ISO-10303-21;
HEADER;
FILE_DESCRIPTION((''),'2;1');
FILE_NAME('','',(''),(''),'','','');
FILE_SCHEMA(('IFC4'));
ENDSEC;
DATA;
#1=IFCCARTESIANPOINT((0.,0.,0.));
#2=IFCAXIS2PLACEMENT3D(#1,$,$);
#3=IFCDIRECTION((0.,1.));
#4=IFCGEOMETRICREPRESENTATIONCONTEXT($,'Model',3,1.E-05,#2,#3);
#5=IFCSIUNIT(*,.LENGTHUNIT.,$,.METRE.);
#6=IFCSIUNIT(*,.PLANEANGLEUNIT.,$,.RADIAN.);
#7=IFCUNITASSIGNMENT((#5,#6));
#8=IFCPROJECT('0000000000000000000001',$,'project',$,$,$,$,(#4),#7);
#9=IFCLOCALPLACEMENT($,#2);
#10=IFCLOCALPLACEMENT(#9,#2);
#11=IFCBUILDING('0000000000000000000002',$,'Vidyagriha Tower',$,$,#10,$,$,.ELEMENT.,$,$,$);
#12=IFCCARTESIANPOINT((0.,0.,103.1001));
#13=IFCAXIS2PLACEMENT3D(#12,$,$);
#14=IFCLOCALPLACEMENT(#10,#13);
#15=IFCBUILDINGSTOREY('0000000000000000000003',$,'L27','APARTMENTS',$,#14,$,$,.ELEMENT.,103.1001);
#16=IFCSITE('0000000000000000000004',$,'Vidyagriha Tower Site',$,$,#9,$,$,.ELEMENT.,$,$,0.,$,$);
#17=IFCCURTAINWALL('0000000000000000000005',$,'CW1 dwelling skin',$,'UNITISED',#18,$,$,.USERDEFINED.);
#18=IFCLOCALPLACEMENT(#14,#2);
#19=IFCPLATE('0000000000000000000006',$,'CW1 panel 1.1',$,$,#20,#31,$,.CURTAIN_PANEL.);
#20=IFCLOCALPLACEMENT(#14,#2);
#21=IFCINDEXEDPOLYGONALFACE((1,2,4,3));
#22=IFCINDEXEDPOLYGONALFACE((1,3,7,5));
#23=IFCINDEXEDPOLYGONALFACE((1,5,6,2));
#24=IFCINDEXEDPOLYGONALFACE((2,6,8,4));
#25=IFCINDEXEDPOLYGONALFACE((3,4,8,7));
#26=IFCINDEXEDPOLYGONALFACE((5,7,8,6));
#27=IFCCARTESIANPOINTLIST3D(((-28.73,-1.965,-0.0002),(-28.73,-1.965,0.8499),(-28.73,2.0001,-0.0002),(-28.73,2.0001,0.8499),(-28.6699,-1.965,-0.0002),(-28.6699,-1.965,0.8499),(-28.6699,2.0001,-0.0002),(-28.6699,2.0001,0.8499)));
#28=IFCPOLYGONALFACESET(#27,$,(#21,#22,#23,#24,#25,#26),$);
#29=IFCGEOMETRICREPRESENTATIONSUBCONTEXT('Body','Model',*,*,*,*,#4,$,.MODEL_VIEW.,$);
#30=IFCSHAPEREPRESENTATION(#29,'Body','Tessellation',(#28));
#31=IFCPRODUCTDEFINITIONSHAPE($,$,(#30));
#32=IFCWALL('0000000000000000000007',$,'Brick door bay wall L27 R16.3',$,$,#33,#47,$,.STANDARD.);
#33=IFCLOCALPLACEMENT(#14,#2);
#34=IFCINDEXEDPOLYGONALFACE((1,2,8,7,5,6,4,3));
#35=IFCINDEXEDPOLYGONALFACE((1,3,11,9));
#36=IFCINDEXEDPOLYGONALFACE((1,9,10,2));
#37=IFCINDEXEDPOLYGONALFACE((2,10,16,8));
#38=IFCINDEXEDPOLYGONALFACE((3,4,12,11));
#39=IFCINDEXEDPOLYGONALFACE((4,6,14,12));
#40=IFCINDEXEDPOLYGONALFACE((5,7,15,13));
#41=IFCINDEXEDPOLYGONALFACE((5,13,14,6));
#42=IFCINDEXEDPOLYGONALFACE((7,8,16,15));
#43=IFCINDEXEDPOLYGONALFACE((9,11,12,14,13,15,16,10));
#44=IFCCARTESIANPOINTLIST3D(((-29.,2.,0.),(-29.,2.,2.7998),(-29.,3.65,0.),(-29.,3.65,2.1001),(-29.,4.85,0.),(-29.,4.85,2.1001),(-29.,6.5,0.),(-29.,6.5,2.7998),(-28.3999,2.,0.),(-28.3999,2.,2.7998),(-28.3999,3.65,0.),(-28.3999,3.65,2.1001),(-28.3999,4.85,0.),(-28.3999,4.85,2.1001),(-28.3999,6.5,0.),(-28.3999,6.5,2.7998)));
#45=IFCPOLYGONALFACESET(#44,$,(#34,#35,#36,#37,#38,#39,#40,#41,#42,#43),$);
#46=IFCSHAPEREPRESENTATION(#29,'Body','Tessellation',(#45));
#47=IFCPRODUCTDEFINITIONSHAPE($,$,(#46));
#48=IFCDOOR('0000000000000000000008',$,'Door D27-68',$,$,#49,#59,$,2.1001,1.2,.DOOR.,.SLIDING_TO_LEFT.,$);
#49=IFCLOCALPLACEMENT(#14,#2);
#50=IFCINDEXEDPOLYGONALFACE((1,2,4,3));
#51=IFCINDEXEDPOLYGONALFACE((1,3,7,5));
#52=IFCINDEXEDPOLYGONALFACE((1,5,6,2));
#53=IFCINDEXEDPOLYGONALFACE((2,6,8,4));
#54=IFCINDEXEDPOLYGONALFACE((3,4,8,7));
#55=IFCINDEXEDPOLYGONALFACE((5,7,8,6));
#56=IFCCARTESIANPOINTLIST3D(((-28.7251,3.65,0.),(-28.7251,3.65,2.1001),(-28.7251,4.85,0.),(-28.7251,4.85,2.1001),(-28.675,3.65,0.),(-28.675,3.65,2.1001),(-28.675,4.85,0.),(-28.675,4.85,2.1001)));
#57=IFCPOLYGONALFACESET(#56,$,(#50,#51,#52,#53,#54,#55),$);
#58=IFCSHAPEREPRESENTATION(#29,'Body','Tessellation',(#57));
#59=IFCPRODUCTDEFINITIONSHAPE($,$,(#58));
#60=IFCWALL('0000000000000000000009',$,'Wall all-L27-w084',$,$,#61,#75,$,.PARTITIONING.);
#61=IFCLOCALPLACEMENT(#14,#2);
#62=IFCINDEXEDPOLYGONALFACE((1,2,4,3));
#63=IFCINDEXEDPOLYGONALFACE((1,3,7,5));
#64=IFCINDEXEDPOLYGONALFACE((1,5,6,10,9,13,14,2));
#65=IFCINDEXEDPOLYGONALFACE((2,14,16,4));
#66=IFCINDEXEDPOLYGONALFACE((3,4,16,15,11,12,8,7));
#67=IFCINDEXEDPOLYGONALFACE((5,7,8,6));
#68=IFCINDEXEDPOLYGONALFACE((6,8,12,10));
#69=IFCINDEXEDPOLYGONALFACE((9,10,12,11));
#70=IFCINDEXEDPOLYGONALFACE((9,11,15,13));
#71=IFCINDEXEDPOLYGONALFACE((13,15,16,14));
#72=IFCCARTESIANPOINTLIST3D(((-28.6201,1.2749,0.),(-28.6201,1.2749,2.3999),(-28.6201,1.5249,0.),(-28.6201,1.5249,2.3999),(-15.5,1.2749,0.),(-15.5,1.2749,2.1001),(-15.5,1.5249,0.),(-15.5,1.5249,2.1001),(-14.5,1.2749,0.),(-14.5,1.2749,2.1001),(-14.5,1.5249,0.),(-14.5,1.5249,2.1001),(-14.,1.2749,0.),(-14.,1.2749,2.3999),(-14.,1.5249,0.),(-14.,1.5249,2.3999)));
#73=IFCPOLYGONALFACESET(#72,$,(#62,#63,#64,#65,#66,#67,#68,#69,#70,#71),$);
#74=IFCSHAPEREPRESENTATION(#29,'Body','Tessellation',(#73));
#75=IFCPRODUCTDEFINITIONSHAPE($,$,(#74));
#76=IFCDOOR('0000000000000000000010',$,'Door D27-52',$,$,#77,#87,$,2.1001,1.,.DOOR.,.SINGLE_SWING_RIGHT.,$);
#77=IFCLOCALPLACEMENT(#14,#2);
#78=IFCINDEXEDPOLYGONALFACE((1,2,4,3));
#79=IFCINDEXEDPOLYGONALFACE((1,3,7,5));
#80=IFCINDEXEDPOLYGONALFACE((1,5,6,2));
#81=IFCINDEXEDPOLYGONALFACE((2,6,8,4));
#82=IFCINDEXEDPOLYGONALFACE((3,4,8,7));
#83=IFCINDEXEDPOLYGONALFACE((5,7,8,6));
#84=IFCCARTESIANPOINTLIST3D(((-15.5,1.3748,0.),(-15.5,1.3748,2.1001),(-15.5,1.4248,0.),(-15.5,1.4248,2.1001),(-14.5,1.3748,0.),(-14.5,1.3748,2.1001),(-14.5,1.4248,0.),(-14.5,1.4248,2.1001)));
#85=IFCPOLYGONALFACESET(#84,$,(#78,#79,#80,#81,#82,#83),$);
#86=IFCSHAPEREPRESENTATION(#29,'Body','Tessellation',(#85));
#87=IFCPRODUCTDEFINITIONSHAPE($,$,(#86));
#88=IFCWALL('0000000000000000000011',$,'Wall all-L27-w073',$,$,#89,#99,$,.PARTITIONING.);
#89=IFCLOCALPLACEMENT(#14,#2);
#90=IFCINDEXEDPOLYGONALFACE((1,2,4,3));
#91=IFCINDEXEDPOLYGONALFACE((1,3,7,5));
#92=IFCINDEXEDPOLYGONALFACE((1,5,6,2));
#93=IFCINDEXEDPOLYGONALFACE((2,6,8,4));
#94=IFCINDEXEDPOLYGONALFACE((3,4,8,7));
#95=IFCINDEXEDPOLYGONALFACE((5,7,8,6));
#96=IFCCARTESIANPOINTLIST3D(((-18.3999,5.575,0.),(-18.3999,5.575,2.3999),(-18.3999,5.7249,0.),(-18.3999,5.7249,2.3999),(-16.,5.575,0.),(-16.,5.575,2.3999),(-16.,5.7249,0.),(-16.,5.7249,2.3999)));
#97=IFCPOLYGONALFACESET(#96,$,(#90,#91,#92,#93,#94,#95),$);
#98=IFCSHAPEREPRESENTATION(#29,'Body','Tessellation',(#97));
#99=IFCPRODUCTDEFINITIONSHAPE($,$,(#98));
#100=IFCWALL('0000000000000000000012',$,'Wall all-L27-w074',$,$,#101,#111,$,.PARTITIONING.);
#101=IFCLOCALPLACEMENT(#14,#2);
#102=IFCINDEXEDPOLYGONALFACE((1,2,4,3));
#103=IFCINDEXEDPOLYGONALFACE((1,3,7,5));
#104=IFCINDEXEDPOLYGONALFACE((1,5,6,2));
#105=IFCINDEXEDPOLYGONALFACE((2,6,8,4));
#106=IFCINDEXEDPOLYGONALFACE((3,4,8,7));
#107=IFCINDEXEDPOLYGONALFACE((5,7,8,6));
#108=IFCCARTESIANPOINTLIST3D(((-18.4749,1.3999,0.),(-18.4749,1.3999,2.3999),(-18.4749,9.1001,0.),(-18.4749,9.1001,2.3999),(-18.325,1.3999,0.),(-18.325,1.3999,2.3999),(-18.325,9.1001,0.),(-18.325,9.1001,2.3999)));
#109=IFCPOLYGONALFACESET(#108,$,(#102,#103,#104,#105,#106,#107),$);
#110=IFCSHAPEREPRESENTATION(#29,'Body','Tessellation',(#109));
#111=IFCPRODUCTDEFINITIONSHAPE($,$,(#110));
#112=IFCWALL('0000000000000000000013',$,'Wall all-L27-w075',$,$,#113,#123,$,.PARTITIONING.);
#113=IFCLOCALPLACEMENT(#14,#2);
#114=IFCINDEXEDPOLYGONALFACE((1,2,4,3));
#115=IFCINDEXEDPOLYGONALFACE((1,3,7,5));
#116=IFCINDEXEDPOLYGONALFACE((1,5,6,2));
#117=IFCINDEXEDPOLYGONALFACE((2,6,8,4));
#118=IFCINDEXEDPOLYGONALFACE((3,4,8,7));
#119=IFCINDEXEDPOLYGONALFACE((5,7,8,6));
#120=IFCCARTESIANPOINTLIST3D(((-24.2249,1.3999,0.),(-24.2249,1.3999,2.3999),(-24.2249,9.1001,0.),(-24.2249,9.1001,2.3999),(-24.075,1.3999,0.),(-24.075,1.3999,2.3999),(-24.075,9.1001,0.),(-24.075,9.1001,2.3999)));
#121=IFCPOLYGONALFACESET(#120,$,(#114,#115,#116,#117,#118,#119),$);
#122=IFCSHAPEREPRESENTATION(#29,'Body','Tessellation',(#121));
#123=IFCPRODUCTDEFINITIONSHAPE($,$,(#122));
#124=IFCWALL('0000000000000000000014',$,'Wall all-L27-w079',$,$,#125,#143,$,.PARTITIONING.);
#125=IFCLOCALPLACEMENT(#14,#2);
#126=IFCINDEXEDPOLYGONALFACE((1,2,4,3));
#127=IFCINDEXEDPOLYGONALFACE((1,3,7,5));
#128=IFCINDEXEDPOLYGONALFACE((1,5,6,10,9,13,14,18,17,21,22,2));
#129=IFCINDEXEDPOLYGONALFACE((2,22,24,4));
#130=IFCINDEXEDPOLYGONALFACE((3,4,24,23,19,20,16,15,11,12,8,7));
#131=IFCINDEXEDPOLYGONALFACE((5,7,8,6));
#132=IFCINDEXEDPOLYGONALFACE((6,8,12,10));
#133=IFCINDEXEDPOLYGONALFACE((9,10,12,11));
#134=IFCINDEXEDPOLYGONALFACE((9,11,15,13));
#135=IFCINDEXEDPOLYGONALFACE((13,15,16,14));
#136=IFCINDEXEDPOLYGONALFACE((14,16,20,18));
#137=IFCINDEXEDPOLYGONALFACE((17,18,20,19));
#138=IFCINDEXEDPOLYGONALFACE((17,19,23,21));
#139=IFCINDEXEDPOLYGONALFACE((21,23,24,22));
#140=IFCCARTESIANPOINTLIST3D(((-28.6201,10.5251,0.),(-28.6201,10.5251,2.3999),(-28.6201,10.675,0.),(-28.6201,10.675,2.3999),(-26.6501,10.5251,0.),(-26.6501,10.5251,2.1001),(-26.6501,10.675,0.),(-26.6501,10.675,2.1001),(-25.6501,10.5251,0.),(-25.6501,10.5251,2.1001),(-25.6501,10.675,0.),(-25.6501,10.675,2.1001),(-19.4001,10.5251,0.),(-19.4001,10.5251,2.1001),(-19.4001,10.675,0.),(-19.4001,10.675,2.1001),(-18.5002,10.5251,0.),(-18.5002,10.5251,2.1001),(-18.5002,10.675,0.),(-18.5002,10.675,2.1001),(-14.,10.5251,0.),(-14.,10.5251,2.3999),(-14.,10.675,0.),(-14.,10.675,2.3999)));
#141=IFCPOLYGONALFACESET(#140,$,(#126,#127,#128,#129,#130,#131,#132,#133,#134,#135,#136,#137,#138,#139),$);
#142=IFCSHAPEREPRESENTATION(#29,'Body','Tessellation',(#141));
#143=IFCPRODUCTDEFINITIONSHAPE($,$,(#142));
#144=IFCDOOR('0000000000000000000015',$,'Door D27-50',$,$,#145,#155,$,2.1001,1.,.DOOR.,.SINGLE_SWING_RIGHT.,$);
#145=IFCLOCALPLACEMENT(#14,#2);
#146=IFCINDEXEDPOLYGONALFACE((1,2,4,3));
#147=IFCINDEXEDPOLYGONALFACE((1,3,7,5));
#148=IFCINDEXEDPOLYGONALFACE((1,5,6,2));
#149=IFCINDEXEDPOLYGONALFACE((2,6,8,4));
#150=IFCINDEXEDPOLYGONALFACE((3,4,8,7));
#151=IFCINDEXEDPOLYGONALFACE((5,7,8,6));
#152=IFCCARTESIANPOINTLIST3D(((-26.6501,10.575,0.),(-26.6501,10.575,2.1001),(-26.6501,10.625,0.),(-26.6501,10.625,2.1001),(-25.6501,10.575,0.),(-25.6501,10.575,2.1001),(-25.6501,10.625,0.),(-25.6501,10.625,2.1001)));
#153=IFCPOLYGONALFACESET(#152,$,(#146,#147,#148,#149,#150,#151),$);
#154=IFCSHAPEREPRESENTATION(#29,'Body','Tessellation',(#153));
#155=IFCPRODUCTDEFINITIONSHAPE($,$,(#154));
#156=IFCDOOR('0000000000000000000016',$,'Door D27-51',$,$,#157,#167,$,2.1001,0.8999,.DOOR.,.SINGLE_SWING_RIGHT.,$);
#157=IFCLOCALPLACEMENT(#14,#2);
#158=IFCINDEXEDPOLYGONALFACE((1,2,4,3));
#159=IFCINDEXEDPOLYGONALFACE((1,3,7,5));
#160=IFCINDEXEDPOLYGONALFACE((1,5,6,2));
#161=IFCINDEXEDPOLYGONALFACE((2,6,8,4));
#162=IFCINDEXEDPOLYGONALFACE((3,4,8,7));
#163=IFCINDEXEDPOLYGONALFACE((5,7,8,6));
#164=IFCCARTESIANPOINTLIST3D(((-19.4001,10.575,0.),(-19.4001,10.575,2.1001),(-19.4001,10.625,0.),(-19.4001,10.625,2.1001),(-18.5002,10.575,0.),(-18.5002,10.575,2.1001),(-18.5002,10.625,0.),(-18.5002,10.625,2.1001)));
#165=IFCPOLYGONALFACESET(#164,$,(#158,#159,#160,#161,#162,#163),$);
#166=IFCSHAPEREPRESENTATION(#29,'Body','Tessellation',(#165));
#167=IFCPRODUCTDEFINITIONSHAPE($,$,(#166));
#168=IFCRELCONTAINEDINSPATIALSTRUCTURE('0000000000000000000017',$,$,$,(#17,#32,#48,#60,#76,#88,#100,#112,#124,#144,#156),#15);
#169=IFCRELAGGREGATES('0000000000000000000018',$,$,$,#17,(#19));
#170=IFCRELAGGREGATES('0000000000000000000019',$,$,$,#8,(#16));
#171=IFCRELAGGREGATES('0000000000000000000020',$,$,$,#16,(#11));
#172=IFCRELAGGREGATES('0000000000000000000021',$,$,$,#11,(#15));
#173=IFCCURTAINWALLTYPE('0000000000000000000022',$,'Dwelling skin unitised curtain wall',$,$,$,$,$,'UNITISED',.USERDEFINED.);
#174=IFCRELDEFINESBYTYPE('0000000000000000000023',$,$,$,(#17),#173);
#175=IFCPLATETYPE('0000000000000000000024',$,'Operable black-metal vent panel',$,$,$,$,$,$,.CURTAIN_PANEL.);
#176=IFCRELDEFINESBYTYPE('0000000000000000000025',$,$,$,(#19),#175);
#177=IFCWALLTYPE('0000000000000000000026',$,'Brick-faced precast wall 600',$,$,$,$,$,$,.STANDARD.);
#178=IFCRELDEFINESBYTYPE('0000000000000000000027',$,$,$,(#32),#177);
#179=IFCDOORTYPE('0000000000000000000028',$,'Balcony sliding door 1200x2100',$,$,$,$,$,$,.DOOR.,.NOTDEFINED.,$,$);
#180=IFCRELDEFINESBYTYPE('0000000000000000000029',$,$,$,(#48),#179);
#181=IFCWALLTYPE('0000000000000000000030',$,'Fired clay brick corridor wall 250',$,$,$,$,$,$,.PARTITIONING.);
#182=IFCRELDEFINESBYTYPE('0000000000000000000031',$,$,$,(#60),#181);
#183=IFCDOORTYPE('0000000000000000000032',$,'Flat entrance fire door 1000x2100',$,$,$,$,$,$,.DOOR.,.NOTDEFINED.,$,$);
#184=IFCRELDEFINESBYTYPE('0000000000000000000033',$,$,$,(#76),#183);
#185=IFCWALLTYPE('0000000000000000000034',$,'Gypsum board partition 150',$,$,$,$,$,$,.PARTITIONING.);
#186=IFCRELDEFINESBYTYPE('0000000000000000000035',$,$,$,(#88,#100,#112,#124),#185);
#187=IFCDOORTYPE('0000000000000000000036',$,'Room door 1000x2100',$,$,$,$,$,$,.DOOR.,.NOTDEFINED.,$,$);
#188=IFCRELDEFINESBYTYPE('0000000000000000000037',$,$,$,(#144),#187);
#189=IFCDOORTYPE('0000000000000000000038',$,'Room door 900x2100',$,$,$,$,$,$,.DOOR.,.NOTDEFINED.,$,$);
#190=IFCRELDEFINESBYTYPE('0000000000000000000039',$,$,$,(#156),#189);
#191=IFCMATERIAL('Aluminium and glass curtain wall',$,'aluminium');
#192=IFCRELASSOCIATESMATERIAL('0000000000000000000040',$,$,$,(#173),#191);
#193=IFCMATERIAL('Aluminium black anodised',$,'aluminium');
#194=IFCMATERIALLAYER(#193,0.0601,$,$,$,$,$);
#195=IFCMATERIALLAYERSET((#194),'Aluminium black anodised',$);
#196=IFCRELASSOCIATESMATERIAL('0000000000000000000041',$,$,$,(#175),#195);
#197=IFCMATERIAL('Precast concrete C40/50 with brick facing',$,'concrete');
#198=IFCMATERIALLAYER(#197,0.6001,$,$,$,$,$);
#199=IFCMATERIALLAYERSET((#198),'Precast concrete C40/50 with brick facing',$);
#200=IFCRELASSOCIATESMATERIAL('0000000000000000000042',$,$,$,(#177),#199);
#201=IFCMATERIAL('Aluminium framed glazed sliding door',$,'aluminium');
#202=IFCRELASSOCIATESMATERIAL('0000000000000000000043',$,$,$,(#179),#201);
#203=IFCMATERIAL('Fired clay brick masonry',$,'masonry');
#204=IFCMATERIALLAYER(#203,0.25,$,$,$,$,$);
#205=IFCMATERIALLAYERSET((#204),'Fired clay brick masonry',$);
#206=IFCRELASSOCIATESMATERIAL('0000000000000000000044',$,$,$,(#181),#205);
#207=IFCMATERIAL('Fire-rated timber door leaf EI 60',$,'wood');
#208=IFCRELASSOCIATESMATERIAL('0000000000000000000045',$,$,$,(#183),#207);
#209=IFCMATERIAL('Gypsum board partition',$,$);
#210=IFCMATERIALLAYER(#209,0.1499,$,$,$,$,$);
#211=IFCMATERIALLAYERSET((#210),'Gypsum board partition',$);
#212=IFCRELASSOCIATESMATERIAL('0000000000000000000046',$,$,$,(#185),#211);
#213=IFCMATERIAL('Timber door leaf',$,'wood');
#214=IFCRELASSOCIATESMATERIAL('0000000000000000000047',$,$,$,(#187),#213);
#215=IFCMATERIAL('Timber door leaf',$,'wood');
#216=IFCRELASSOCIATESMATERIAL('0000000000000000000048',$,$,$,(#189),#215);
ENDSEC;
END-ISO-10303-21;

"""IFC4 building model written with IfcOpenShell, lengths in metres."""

from ifc_helpers import new_model, si_unit, direction, frame, frame_2d, origin, origin_2d, place, context, subcontext, project, spatial, rectangle, extrude, material, layer, layer_set, type_object, element, fill, aggregate, save


model = new_model("IFC4")

# Units and contexts
model_context = context("Model", 3, precision=1e-05, world=origin(), true_north=direction((0.0, 1.0)))
body_context = subcontext(model_context, "Body", "Model", "MODEL_VIEW")
ifc_project = project(units=[si_unit("LENGTHUNIT", "METRE"), si_unit("PLANEANGLEUNIT", "RADIAN")], contexts=[model_context])

# Site, building, storey
site_placement = place(None, origin())
site = spatial("IfcSite", under=ifc_project, at=site_placement, Name="Vidyagriha Tower Site", CompositionType="ELEMENT", RefElevation=0.0)
building_placement = place(site_placement, origin())
building = spatial("IfcBuilding", under=site, at=building_placement, Name="Vidyagriha Tower", CompositionType="ELEMENT")
storey_placement = place(building_placement, frame((0.0, 0.0, 103.1001)))
storey = spatial("IfcBuildingStorey", under=building, at=storey_placement, Name="L27", Description="APARTMENTS", CompositionType="ELEMENT", Elevation=103.1001)

# Shared definitions
ifc_material_1 = material(Name="Aluminium and glass curtain wall", Category="aluminium")
curtain_wall_type = type_object("IfcCurtainWallType", Name="Dwelling skin unitised curtain wall", ElementType="UNITISED", PredefinedType="USERDEFINED", material=ifc_material_1)

# Curtain wall
curtain_wall_1_placement = place(storey_placement, origin())
curtain_wall_1 = element("IfcCurtainWall", 1, at=curtain_wall_1_placement, inside=storey, type_object=curtain_wall_type, Name="CW1 dwelling skin", ObjectType="UNITISED", PredefinedType="USERDEFINED")

# Plate
ifc_material_2 = material(Name="Aluminium black anodised", Category="aluminium")
ifc_layer_1 = layer(ifc_material_2, 0.0601)
ifc_layer_set_1 = layer_set([ifc_layer_1], Name="Aluminium black anodised")
plate_type_1 = type_object("IfcPlateType", Name="Operable black-metal vent panel", PredefinedType="CURTAIN_PANEL", material=ifc_layer_set_1)
plate_1_placement = place(storey_placement, frame((-28.7, 0.0176, -0.0002), z_axis=(0.0, 0.0, 1.0), x_axis=(0.0, -1.0, 0.0)))
plate_1 = element("IfcPlate", 2, at=plate_1_placement, type_object=plate_type_1, Name="CW1 panel 1.1", PredefinedType="CURTAIN_PANEL", context=body_context, shape_type="SweptSolid", body=[
    extrude(rectangle(XDim=3.9651, YDim=0.0601, at=origin_2d()), origin(), (0.0, 0.0, 1.0), 0.8501),
])
aggregate(curtain_wall_1, [plate_1])

# Walls, openings, doors
ifc_material_3 = material(Name="Precast concrete C40/50 with brick facing", Category="concrete")
ifc_layer_2 = layer(ifc_material_3, 0.6001)
ifc_layer_set_2 = layer_set([ifc_layer_2], Name="Precast concrete C40/50 with brick facing")
wall_type_1 = type_object("IfcWallType", Name="Brick-faced precast wall 600", PredefinedType="STANDARD", material=ifc_layer_set_2)
wall_1_placement = place(storey_placement, frame((-28.7, 6.5, 0.0), z_axis=(0.0, 0.0, 1.0), x_axis=(0.0, -1.0, 0.0)))
wall_1 = element("IfcWall", 3, at=wall_1_placement, inside=storey, type_object=wall_type_1, Name="Brick door bay wall L27 R16.3", PredefinedType="STANDARD", context=body_context, shape_type="SweptSolid", body=[
    extrude(rectangle(XDim=4.5, YDim=0.6001, at=frame_2d((2.25, 0.0))), origin(), (0.0, 0.0, 1.0), 2.7998),
])
opening_1_placement = place(wall_1_placement, frame((1.6499, 0.0, 0.0)))
opening_1 = element("IfcOpeningElement", 4, at=opening_1_placement, cuts=wall_1, PredefinedType="OPENING", context=body_context, shape_type="SweptSolid", body=[
    extrude(rectangle(XDim=1.2, YDim=2.1001, at=frame_2d((0.6001, 1.05))), frame((0.0, 0.3101, 0.0), z_axis=(0.0, -1.0, 0.0), x_axis=(1.0, 0.0, 0.0)), (0.0, 0.0, 1.0), 0.6201),
])
ifc_material_4 = material(Name="Aluminium framed glazed sliding door", Category="aluminium")
door_type_1 = type_object("IfcDoorType", Name="Balcony sliding door 1200x2100", OperationType="NOTDEFINED", PredefinedType="DOOR", material=ifc_material_4)
door_1_placement = place(opening_1_placement, origin())
door_1 = element("IfcDoor", 5, at=door_1_placement, inside=storey, type_object=door_type_1, Name="Door D27-68", OperationType="SLIDING_TO_LEFT", OverallHeight=2.1001, OverallWidth=1.2, PredefinedType="DOOR", context=body_context, shape_type="SweptSolid", body=[
    extrude(rectangle(XDim=1.2, YDim=2.1001, at=frame_2d((0.6001, 1.05))), frame((0.0, 0.0249, 0.0), z_axis=(0.0, -1.0, 0.0), x_axis=(1.0, 0.0, 0.0)), (0.0, 0.0, 1.0), 0.05),
])
fill(opening_1, door_1)
ifc_material_5 = material(Name="Fired clay brick masonry", Category="masonry")
ifc_layer_3 = layer(ifc_material_5, 0.25)
ifc_layer_set_3 = layer_set([ifc_layer_3], Name="Fired clay brick masonry")
wall_type_2 = type_object("IfcWallType", Name="Fired clay brick corridor wall 250", PredefinedType="PARTITIONING", material=ifc_layer_set_3)
wall_2_placement = place(storey_placement, frame((-28.6201, 1.3999, 0.0)))
wall_2 = element("IfcWall", 6, at=wall_2_placement, inside=storey, type_object=wall_type_2, Name="Wall all-L27-w084", PredefinedType="PARTITIONING", context=body_context, shape_type="SweptSolid", body=[
    extrude(rectangle(XDim=14.6201, YDim=0.25, at=frame_2d((7.3101, 0.0))), origin(), (0.0, 0.0, 1.0), 2.3999),
])
opening_2_placement = place(wall_2_placement, frame((13.1201, 0.0, 0.0)))
opening_2 = element("IfcOpeningElement", 7, at=opening_2_placement, cuts=wall_2, PredefinedType="OPENING", context=body_context, shape_type="SweptSolid", body=[
    extrude(rectangle(XDim=1.0, YDim=2.1001, at=frame_2d((0.5, 1.05))), frame((0.0, 0.135, 0.0), z_axis=(0.0, -1.0, 0.0), x_axis=(1.0, 0.0, 0.0)), (0.0, 0.0, 1.0), 0.27),
])
ifc_material_6 = material(Name="Fire-rated timber door leaf EI 60", Category="wood")
door_type_2 = type_object("IfcDoorType", Name="Flat entrance fire door 1000x2100", OperationType="NOTDEFINED", PredefinedType="DOOR", material=ifc_material_6)
door_2_placement = place(opening_2_placement, origin())
door_2 = element("IfcDoor", 8, at=door_2_placement, inside=storey, type_object=door_type_2, Name="Door D27-52", OperationType="SINGLE_SWING_RIGHT", OverallHeight=2.1001, OverallWidth=1.0, PredefinedType="DOOR", context=body_context, shape_type="SweptSolid", body=[
    extrude(rectangle(XDim=1.0, YDim=2.1001, at=frame_2d((0.5, 1.05))), frame((0.0, 0.0249, 0.0), z_axis=(0.0, -1.0, 0.0), x_axis=(1.0, 0.0, 0.0)), (0.0, 0.0, 1.0), 0.05),
])
fill(opening_2, door_2)

# Walls
ifc_material_7 = material(Name="Gypsum board partition")
ifc_layer_4 = layer(ifc_material_7, 0.1499)
ifc_layer_set_4 = layer_set([ifc_layer_4], Name="Gypsum board partition")
wall_type_3 = type_object("IfcWallType", Name="Gypsum board partition 150", PredefinedType="PARTITIONING", material=ifc_layer_set_4)
wall_3_placement = place(storey_placement, frame((-18.3999, 5.6499, 0.0)))
element("IfcWall", 9, at=wall_3_placement, inside=storey, type_object=wall_type_3, Name="Wall all-L27-w073", PredefinedType="PARTITIONING", context=body_context, shape_type="SweptSolid", body=[
    extrude(rectangle(XDim=2.3999, YDim=0.1499, at=frame_2d((1.2, 0.0))), origin(), (0.0, 0.0, 1.0), 2.3999),
])
for number, where, z_axis, x_axis, name in (
    (10, (-18.3999, 1.3999, 0.0), (0.0, 0.0, 1.0), (0.0, 1.0, 0.0), "Wall all-L27-w074"),
    (11, (-24.1499, 1.3999, 0.0), (0.0, 0.0, 1.0), (0.0, 1.0, 0.0), "Wall all-L27-w075"),
):
    element("IfcWall", number, at=place(storey_placement, frame(where, z_axis=z_axis, x_axis=x_axis)), inside=storey, type_object=wall_type_3, Name=name, PredefinedType="PARTITIONING", context=body_context, shape_type="SweptSolid", body=[
        extrude(rectangle(XDim=7.7002, YDim=0.1499, at=frame_2d((3.8501, 0.0))), origin(), (0.0, 0.0, 1.0), 2.3999),
    ])

# Wall, openings, doors
wall_4_placement = place(storey_placement, frame((-28.6201, 10.6001, 0.0)))
wall_4 = element("IfcWall", 12, at=wall_4_placement, inside=storey, type_object=wall_type_3, Name="Wall all-L27-w079", PredefinedType="PARTITIONING", context=body_context, shape_type="SweptSolid", body=[
    extrude(rectangle(XDim=14.6201, YDim=0.1499, at=frame_2d((7.3101, 0.0))), origin(), (0.0, 0.0, 1.0), 2.3999),
])
opening_3_placement = place(wall_4_placement, frame((1.97, 0.0, 0.0)))
opening_3 = element("IfcOpeningElement", 13, at=opening_3_placement, cuts=wall_4, PredefinedType="OPENING", context=body_context, shape_type="SweptSolid", body=[
    extrude(rectangle(XDim=1.0, YDim=2.1001, at=frame_2d((0.5, 1.05))), frame((0.0, 0.085, 0.0), z_axis=(0.0, -1.0, 0.0), x_axis=(1.0, 0.0, 0.0)), (0.0, 0.0, 1.0), 0.1699),
])
opening_4_placement = place(wall_4_placement, frame((9.22, 0.0, 0.0)))
opening_4 = element("IfcOpeningElement", 14, at=opening_4_placement, cuts=wall_4, PredefinedType="OPENING", context=body_context, shape_type="SweptSolid", body=[
    extrude(rectangle(XDim=0.8999, YDim=2.1001, at=frame_2d((0.45, 1.05))), frame((0.0, 0.085, 0.0), z_axis=(0.0, -1.0, 0.0), x_axis=(1.0, 0.0, 0.0)), (0.0, 0.0, 1.0), 0.1699),
])
ifc_material_8 = material(Name="Timber door leaf", Category="wood")
door_type_3 = type_object("IfcDoorType", Name="Room door 1000x2100", OperationType="NOTDEFINED", PredefinedType="DOOR", material=ifc_material_8)
door_3_placement = place(opening_3_placement, origin())
door_3 = element("IfcDoor", 15, at=door_3_placement, inside=storey, type_object=door_type_3, Name="Door D27-50", OperationType="SINGLE_SWING_RIGHT", OverallHeight=2.1001, OverallWidth=1.0, PredefinedType="DOOR", context=body_context, shape_type="SweptSolid", body=[
    extrude(rectangle(XDim=1.0, YDim=2.1001, at=frame_2d((0.5, 1.05))), frame((0.0, 0.0249, 0.0), z_axis=(0.0, -1.0, 0.0), x_axis=(1.0, 0.0, 0.0)), (0.0, 0.0, 1.0), 0.05),
])
fill(opening_3, door_3)
ifc_material_9 = material(Name="Timber door leaf", Category="wood")
door_type_4 = type_object("IfcDoorType", Name="Room door 900x2100", OperationType="NOTDEFINED", PredefinedType="DOOR", material=ifc_material_9)
door_4_placement = place(opening_4_placement, origin())
door_4 = element("IfcDoor", 16, at=door_4_placement, inside=storey, type_object=door_type_4, Name="Door D27-51", OperationType="SINGLE_SWING_RIGHT", OverallHeight=2.1001, OverallWidth=0.8999, PredefinedType="DOOR", context=body_context, shape_type="SweptSolid", body=[
    extrude(rectangle(XDim=0.8999, YDim=2.1001, at=frame_2d((0.45, 1.05))), frame((0.0, 0.0249, 0.0), z_axis=(0.0, -1.0, 0.0), x_axis=(1.0, 0.0, 0.0)), (0.0, 0.0, 1.0), 0.05),
])
fill(opening_4, door_4)

save(model, "model.ifc")
